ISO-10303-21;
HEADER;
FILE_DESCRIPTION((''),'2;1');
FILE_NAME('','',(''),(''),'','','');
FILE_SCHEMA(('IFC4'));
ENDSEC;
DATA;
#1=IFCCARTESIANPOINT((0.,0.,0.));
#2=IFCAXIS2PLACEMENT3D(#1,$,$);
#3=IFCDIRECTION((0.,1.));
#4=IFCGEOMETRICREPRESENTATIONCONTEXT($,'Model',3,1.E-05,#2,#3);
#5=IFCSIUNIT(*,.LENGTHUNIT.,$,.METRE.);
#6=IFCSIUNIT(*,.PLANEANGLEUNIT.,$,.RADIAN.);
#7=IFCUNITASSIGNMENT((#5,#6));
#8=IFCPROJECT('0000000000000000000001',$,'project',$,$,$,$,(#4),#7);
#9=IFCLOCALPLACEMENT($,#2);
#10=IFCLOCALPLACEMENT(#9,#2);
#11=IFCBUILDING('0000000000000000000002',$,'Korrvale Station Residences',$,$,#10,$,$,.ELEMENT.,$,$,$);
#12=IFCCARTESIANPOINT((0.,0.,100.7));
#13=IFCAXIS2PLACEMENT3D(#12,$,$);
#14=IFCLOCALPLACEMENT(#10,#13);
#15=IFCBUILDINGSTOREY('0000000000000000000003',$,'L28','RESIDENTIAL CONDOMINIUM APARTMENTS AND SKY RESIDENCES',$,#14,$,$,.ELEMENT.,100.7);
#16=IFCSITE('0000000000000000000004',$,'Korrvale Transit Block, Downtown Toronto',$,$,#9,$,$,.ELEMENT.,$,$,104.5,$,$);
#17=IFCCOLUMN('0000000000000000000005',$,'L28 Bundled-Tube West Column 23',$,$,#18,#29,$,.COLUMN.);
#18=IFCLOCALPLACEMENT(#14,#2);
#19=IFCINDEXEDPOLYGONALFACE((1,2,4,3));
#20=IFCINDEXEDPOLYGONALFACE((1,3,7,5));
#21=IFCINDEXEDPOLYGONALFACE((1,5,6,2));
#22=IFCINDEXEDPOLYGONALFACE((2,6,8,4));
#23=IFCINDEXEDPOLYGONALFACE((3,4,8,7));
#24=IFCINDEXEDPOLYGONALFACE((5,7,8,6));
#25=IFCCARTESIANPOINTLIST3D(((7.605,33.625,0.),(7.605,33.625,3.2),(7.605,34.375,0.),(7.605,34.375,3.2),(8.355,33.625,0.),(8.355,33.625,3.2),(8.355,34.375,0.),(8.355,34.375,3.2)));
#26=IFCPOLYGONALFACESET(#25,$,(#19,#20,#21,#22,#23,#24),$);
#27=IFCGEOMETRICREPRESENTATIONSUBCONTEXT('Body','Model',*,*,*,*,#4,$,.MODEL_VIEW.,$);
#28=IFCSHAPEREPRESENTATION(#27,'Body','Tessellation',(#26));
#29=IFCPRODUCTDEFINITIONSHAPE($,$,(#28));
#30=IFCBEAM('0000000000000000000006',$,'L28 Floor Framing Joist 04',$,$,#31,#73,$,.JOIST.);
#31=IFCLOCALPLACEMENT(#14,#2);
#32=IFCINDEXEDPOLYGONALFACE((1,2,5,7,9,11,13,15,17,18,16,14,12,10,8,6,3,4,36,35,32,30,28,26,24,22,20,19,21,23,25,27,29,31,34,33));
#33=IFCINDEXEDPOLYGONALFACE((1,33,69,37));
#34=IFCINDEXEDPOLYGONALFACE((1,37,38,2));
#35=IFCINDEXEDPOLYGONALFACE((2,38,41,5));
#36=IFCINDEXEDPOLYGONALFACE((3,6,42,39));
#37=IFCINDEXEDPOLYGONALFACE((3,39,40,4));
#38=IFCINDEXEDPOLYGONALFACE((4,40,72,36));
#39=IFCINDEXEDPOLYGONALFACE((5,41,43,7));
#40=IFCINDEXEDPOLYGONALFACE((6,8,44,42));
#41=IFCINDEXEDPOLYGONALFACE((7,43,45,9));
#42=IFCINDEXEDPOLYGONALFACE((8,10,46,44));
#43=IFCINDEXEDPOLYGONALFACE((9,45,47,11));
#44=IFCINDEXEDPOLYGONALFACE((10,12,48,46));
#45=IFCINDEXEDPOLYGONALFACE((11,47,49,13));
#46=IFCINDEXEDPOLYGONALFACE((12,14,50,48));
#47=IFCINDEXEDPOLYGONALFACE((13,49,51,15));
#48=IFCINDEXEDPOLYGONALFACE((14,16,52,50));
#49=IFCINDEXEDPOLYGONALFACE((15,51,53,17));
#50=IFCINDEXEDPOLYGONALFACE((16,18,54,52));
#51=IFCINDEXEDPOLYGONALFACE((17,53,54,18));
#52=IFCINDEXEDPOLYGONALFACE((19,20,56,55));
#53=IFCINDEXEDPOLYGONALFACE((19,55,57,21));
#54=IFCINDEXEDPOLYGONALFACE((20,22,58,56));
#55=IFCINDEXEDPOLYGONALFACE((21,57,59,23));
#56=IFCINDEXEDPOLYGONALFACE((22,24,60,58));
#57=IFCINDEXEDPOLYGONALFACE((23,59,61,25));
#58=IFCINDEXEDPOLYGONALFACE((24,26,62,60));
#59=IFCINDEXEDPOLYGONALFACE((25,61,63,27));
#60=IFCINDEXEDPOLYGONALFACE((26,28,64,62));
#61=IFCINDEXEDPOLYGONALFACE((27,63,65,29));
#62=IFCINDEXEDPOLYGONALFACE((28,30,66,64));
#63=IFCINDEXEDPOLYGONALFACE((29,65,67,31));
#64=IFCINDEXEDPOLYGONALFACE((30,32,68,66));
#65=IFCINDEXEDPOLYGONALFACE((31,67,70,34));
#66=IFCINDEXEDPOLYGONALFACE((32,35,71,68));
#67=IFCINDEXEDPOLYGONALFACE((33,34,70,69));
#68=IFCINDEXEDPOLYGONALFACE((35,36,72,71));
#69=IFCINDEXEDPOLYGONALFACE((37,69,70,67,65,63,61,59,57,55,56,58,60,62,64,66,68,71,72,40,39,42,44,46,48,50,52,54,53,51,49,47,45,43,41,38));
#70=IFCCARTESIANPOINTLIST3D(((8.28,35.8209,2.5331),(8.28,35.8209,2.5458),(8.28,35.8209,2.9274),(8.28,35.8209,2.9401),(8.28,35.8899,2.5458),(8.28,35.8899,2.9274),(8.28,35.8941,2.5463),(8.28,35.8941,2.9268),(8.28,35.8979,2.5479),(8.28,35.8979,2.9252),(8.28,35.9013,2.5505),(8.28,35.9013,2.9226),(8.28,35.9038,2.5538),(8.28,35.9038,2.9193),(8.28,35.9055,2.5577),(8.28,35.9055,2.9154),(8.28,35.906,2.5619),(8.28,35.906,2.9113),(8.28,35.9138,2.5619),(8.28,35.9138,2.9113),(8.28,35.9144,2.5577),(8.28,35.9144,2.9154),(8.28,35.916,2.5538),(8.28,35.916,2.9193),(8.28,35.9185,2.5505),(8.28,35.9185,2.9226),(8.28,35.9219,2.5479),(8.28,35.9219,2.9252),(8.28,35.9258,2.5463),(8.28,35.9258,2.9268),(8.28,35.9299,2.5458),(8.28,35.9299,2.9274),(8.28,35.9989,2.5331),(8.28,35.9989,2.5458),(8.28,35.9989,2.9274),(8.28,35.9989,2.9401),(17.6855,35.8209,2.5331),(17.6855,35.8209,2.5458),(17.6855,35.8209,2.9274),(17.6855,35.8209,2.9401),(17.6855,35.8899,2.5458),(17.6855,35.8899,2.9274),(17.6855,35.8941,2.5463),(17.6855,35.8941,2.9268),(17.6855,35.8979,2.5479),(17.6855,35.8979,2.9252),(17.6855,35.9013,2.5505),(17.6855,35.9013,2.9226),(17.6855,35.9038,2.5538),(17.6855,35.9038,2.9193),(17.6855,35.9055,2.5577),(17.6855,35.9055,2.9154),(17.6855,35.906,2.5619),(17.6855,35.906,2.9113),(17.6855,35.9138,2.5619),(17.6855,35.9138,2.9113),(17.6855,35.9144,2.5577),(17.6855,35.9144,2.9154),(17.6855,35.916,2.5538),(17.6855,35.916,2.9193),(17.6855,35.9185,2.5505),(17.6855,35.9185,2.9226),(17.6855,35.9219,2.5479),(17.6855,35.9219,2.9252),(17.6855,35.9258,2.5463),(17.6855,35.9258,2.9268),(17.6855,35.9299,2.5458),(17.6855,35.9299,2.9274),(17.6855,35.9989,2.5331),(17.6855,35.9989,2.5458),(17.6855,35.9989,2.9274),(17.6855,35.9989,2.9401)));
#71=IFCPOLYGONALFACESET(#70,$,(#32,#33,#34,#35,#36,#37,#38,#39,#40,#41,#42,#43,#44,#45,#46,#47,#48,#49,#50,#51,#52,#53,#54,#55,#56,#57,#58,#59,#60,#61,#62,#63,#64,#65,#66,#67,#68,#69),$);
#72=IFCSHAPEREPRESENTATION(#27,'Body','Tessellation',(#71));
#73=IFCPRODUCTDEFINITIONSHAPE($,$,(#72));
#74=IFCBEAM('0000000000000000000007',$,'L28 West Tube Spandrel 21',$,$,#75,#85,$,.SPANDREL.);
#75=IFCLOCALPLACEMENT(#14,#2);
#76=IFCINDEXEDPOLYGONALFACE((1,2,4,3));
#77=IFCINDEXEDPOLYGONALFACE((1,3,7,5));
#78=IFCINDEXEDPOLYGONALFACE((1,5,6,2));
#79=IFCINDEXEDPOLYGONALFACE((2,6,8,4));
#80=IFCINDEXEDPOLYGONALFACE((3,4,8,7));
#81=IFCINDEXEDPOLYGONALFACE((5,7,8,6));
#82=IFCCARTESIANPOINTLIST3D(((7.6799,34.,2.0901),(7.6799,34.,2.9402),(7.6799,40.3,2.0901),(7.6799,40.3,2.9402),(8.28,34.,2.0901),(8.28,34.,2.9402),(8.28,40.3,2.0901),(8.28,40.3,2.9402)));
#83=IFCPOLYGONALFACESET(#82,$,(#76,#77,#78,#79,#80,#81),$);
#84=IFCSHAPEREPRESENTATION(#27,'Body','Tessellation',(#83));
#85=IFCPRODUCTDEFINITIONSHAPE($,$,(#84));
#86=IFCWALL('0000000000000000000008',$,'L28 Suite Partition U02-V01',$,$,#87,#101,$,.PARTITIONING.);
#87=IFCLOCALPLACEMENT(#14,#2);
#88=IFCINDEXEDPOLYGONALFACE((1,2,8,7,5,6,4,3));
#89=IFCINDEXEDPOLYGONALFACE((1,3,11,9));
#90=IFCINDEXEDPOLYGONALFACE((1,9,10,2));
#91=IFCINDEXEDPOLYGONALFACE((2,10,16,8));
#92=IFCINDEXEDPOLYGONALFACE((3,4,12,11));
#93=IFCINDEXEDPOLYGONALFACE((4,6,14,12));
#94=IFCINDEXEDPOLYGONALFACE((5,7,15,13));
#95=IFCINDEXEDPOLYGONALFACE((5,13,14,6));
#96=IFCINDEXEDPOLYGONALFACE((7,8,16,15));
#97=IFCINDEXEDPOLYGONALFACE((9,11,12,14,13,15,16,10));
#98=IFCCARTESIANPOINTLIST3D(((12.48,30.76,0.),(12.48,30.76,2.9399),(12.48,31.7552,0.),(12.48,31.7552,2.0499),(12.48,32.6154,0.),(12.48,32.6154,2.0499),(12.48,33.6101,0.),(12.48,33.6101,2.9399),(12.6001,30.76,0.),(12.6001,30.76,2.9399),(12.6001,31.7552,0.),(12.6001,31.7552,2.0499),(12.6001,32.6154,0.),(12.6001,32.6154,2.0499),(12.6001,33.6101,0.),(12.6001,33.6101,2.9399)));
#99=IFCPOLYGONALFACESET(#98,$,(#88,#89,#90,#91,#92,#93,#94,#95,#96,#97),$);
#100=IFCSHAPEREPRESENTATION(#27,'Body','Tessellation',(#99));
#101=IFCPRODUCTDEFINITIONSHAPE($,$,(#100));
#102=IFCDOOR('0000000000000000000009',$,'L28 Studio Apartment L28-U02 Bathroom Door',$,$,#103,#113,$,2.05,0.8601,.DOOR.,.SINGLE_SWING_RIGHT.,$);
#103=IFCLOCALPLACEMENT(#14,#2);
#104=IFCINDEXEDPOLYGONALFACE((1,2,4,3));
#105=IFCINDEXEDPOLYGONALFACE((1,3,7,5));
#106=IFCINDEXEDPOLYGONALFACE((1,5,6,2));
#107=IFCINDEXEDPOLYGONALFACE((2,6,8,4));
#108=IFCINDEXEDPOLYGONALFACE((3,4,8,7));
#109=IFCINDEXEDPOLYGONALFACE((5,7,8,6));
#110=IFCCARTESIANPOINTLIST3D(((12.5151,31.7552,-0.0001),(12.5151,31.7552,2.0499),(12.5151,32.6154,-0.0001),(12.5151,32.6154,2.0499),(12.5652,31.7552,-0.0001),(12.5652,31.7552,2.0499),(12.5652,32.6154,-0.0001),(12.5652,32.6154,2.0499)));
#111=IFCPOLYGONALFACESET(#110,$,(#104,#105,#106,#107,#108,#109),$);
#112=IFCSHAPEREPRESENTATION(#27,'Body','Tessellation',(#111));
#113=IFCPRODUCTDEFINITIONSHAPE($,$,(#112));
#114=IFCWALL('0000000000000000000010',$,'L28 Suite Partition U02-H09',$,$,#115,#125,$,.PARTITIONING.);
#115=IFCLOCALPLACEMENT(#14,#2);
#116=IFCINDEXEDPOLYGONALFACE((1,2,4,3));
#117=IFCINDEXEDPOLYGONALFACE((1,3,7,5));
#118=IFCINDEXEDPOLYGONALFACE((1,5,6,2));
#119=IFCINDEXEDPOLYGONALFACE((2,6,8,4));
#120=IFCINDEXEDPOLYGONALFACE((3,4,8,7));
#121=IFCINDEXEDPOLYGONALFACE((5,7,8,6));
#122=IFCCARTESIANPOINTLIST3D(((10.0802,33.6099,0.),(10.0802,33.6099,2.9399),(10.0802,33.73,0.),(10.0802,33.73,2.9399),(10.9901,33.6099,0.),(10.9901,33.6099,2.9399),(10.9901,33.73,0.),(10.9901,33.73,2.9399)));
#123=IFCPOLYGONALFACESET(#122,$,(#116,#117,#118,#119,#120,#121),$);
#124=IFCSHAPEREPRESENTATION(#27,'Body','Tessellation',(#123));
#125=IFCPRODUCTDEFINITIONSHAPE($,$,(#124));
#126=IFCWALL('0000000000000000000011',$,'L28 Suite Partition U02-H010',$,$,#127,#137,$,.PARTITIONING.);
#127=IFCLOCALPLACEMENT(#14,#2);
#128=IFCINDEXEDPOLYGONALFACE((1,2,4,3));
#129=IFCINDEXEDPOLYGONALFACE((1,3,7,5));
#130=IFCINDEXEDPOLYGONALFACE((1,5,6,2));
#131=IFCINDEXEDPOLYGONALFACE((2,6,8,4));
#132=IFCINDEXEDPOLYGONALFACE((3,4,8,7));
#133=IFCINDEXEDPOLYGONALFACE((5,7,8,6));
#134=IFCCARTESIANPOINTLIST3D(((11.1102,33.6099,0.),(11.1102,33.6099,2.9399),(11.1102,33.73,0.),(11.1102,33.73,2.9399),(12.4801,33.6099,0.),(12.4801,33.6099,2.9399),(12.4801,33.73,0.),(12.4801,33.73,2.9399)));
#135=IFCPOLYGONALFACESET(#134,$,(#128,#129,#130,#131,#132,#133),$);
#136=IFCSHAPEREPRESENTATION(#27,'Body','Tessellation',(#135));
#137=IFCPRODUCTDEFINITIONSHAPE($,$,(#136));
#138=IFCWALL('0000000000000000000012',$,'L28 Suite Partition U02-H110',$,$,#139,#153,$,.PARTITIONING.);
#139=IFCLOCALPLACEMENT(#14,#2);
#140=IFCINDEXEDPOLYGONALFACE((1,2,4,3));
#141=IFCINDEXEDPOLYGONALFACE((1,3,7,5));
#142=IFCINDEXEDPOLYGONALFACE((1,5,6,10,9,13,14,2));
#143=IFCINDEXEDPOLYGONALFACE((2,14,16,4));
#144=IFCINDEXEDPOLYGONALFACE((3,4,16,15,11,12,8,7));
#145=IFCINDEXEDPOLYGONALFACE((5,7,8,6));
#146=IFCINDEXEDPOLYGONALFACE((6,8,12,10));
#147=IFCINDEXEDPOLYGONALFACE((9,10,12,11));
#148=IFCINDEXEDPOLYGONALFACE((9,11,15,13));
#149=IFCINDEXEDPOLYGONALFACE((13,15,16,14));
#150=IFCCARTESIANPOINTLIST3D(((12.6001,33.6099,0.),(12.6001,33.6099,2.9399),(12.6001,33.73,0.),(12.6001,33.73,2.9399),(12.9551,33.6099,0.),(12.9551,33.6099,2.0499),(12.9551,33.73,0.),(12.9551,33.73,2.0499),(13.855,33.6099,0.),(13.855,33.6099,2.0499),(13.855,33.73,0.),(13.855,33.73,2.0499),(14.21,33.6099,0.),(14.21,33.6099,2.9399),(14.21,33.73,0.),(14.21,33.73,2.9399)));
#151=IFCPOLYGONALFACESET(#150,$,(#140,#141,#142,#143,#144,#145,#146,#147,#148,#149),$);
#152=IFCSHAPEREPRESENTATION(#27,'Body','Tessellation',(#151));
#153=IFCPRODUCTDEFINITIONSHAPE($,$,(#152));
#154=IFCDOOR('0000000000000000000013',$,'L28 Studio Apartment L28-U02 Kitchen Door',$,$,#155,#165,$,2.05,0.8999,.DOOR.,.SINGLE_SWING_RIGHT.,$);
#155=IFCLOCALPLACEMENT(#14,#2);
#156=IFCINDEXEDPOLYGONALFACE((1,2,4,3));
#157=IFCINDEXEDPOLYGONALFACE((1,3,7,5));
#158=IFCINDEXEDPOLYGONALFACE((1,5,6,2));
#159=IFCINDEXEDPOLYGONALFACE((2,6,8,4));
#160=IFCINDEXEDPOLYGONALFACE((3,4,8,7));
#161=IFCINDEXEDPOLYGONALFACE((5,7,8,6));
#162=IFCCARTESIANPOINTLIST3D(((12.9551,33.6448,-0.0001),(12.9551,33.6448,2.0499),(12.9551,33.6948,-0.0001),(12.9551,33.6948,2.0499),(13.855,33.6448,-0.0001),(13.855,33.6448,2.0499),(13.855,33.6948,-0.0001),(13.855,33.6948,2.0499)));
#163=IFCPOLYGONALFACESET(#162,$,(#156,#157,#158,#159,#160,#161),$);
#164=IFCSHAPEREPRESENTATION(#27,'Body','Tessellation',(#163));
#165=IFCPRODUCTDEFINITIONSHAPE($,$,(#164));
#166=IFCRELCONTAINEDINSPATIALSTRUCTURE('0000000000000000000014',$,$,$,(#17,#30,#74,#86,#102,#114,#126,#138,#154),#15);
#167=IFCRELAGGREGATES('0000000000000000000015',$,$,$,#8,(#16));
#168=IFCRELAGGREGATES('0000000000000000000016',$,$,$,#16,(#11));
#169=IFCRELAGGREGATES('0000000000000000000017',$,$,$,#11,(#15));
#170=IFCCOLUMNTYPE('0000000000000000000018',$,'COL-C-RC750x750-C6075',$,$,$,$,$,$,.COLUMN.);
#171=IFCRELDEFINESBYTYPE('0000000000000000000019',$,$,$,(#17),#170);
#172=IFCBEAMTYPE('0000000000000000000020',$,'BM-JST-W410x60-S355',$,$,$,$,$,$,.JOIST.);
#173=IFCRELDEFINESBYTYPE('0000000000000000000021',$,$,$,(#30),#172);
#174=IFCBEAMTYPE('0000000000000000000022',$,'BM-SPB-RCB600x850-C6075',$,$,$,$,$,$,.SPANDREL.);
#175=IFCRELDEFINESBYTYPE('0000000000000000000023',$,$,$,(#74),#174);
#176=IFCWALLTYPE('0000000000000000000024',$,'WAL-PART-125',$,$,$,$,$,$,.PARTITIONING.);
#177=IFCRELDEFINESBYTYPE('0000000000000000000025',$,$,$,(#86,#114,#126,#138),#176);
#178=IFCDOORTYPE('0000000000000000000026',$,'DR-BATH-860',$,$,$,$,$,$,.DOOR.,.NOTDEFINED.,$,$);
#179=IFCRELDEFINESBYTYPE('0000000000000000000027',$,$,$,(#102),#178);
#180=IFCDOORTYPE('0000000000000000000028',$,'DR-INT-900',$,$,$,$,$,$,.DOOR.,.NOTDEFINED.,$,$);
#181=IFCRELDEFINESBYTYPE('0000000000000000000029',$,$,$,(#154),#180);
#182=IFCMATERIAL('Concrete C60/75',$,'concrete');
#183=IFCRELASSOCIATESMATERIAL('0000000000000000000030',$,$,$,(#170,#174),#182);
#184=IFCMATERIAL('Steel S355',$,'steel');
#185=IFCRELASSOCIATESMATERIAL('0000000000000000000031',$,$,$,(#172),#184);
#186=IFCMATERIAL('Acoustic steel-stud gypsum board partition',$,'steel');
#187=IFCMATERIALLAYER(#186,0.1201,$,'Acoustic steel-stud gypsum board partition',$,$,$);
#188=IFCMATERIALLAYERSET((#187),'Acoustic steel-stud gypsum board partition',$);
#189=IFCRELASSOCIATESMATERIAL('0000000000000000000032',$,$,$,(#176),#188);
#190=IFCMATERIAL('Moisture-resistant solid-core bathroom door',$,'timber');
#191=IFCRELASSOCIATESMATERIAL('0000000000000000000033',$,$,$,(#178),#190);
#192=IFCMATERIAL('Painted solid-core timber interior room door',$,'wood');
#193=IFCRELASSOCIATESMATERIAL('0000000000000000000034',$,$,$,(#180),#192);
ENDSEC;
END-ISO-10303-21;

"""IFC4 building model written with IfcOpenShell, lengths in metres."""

from ifc_helpers import new_model, si_unit, direction, frame, frame_2d, origin, origin_2d, place, context, subcontext, project, spatial, rectangle, i_section, extrude, material, layer, layer_set, material_profile, profile_set, type_object, element, fill, save


model = new_model("IFC4")

# Units and contexts
model_context = context("Model", 3, precision=1e-05, world=origin(), true_north=direction((0.0, 1.0)))
body_context = subcontext(model_context, "Body", "Model", "MODEL_VIEW")
ifc_project = project(units=[si_unit("LENGTHUNIT", "METRE"), si_unit("PLANEANGLEUNIT", "RADIAN")], contexts=[model_context])

# Site, building, storey
site_placement = place(None, origin())
site = spatial("IfcSite", under=ifc_project, at=site_placement, Name="Korrvale Transit Block, Downtown Toronto", CompositionType="ELEMENT", RefElevation=104.5)
building_placement = place(site_placement, origin())
building = spatial("IfcBuilding", under=site, at=building_placement, Name="Korrvale Station Residences", CompositionType="ELEMENT")
storey_placement = place(building_placement, frame((0.0, 0.0, 100.7)))
storey = spatial("IfcBuildingStorey", under=building, at=storey_placement, Name="L28", Description="RESIDENTIAL CONDOMINIUM APARTMENTS AND SKY RESIDENCES", CompositionType="ELEMENT", Elevation=100.7)

# Column
ifc_material_1 = material(Name="Concrete C60/75", Category="concrete")
ifc_material_profile_1 = material_profile(ifc_material_1, rectangle(XDim=0.75, YDim=0.75, at=origin_2d()), Name="RC750x750")
ifc_profile_set_1 = profile_set([ifc_material_profile_1], Name="Concrete C60/75")
column_type = type_object("IfcColumnType", Name="COL-C-RC750x750-C6075", PredefinedType="COLUMN", material=ifc_profile_set_1)
column_placement = place(storey_placement, frame((7.98, 34.0, 0.0), z_axis=(0.0, 0.0, 1.0), x_axis=(1.0, 0.0, 0.0)))
element("IfcColumn", 1, at=column_placement, inside=storey, type_object=column_type, Name="L28 Bundled-Tube West Column 23", PredefinedType="COLUMN", context=body_context, shape_type="SweptSolid", body=[
    extrude(rectangle(XDim=0.75, YDim=0.75, at=origin_2d()), origin(), (0.0, 0.0, 1.0), 3.2),
])

# Beams
ifc_material_2 = material(Name="Steel S355", Category="steel")
ifc_material_profile_2 = material_profile(ifc_material_2, i_section(OverallWidth=0.178, OverallDepth=0.407, WebThickness=0.0078, FlangeThickness=0.0127, FilletRadius=0.0161, at=origin_2d()), Name="W410x60")
ifc_profile_set_2 = profile_set([ifc_material_profile_2], Name="Steel S355")
beam_type_1 = type_object("IfcBeamType", Name="BM-JST-W410x60-S355", PredefinedType="JOIST", material=ifc_profile_set_2)
beam_1_placement = place(storey_placement, frame((8.28, 35.9099, 2.7366), z_axis=(1.0, 0.0, 0.0), x_axis=(0.0, 1.0, 0.0)))
element("IfcBeam", 2, at=beam_1_placement, inside=storey, type_object=beam_type_1, Name="L28 Floor Framing Joist 04", PredefinedType="JOIST", context=body_context, shape_type="SweptSolid", body=[
    extrude(i_section(OverallWidth=0.178, OverallDepth=0.407, WebThickness=0.0078, FlangeThickness=0.0127, FilletRadius=0.0161, at=origin_2d()), origin(), (0.0, 0.0, 1.0), 9.4055),
])
ifc_material_profile_3 = material_profile(ifc_material_1, rectangle(XDim=0.6001, YDim=0.8501, at=origin_2d()), Name="RCB600x850")
ifc_profile_set_3 = profile_set([ifc_material_profile_3], Name="Concrete C60/75")
beam_type_2 = type_object("IfcBeamType", Name="BM-SPB-RCB600x850-C6075", PredefinedType="SPANDREL", material=ifc_profile_set_3)
beam_2_placement = place(storey_placement, frame((7.98, 34.0, 2.5151), z_axis=(0.0, 1.0, 0.0), x_axis=(-1.0, 0.0, 0.0)))
element("IfcBeam", 3, at=beam_2_placement, inside=storey, type_object=beam_type_2, Name="L28 West Tube Spandrel 21", PredefinedType="SPANDREL", context=body_context, shape_type="SweptSolid", body=[
    extrude(rectangle(XDim=0.6001, YDim=0.8501, at=origin_2d()), origin(), (0.0, 0.0, 1.0), 6.3),
])

# Wall, opening, door
ifc_material_3 = material(Name="Acoustic steel-stud gypsum board partition", Category="steel")
ifc_layer_1 = layer(ifc_material_3, 0.1201, Name="Acoustic steel-stud gypsum board partition")
ifc_layer_set_1 = layer_set([ifc_layer_1], Name="Acoustic steel-stud gypsum board partition")
wall_type_1 = type_object("IfcWallType", Name="WAL-PART-125", PredefinedType="PARTITIONING", material=ifc_layer_set_1)
wall_1_placement = place(storey_placement, frame((12.54, 30.76, 0.0), z_axis=(0.0, 0.0, 1.0), x_axis=(0.0, 1.0, 0.0)))
wall_1 = element("IfcWall", 4, at=wall_1_placement, inside=storey, type_object=wall_type_1, Name="L28 Suite Partition U02-V01", PredefinedType="PARTITIONING", context=body_context, shape_type="SweptSolid", body=[
    extrude(rectangle(XDim=2.8501, YDim=0.1201, at=frame_2d((1.425, 0.0))), origin(), (0.0, 0.0, 1.0), 2.9399),
])
opening_1_placement = place(wall_1_placement, frame((0.9951, 0.0, 0.0)))
opening_1 = element("IfcOpeningElement", 5, at=opening_1_placement, cuts=wall_1, PredefinedType="OPENING", context=body_context, shape_type="SweptSolid", body=[
    extrude(rectangle(XDim=0.8601, YDim=2.05, at=frame_2d((0.4302, 1.0249))), frame((0.0, 0.0701, 0.0), z_axis=(0.0, -1.0, 0.0), x_axis=(1.0, 0.0, 0.0)), (0.0, 0.0, 1.0), 0.1401),
])
ifc_material_4 = material(Name="Moisture-resistant solid-core bathroom door", Category="timber")
door_type_1 = type_object("IfcDoorType", Name="DR-BATH-860", OperationType="NOTDEFINED", PredefinedType="DOOR", material=ifc_material_4)
door_1_placement = place(opening_1_placement, origin())
door_1 = element("IfcDoor", 6, at=door_1_placement, inside=storey, type_object=door_type_1, Name="L28 Studio Apartment L28-U02 Bathroom Door", OperationType="SINGLE_SWING_RIGHT", OverallHeight=2.05, OverallWidth=0.8601, PredefinedType="DOOR", context=body_context, shape_type="SweptSolid", body=[
    extrude(rectangle(XDim=0.8601, YDim=2.05, at=frame_2d((0.4302, 1.0249))), frame((0.0, 0.0249, 0.0), z_axis=(0.0, -1.0, 0.0), x_axis=(1.0, 0.0, 0.0)), (0.0, 0.0, 1.0), 0.05),
])
fill(opening_1, door_1)

# Walls
wall_2_placement = place(storey_placement, frame((10.0801, 33.6699, 0.0), z_axis=(0.0, 0.0, 1.0), x_axis=(1.0, 0.0, 0.0)))
element("IfcWall", 7, at=wall_2_placement, inside=storey, type_object=wall_type_1, Name="L28 Suite Partition U02-H09", PredefinedType="PARTITIONING", context=body_context, shape_type="SweptSolid", body=[
    extrude(rectangle(XDim=0.9099, YDim=0.1201, at=frame_2d((0.4551, 0.0))), origin(), (0.0, 0.0, 1.0), 2.9399),
])
wall_3_placement = place(storey_placement, frame((11.1101, 33.6699, 0.0), z_axis=(0.0, 0.0, 1.0), x_axis=(1.0, 0.0, 0.0)))
element("IfcWall", 8, at=wall_3_placement, inside=storey, type_object=wall_type_1, Name="L28 Suite Partition U02-H010", PredefinedType="PARTITIONING", context=body_context, shape_type="SweptSolid", body=[
    extrude(rectangle(XDim=1.3699, YDim=0.1201, at=frame_2d((0.6851, 0.0))), origin(), (0.0, 0.0, 1.0), 2.9399),
])

# Wall, opening, door
wall_4_placement = place(storey_placement, frame((12.6001, 33.6699, 0.0), z_axis=(0.0, 0.0, 1.0), x_axis=(1.0, 0.0, 0.0)))
wall_4 = element("IfcWall", 9, at=wall_4_placement, inside=storey, type_object=wall_type_1, Name="L28 Suite Partition U02-H110", PredefinedType="PARTITIONING", context=body_context, shape_type="SweptSolid", body=[
    extrude(rectangle(XDim=1.6099, YDim=0.1201, at=frame_2d((0.8049, 0.0))), origin(), (0.0, 0.0, 1.0), 2.9399),
])
opening_2_placement = place(wall_4_placement, frame((0.355, 0.0, 0.0)))
opening_2 = element("IfcOpeningElement", 10, at=opening_2_placement, cuts=wall_4, PredefinedType="OPENING", context=body_context, shape_type="SweptSolid", body=[
    extrude(rectangle(XDim=0.8999, YDim=2.05, at=frame_2d((0.45, 1.0249))), frame((0.0, 0.0701, 0.0), z_axis=(0.0, -1.0, 0.0), x_axis=(1.0, 0.0, 0.0)), (0.0, 0.0, 1.0), 0.1401),
])
ifc_material_5 = material(Name="Painted solid-core timber interior room door", Category="wood")
door_type_2 = type_object("IfcDoorType", Name="DR-INT-900", OperationType="NOTDEFINED", PredefinedType="DOOR", material=ifc_material_5)
door_2_placement = place(opening_2_placement, origin())
door_2 = element("IfcDoor", 11, at=door_2_placement, inside=storey, type_object=door_type_2, Name="L28 Studio Apartment L28-U02 Kitchen Door", OperationType="SINGLE_SWING_RIGHT", OverallHeight=2.05, OverallWidth=0.8999, PredefinedType="DOOR", context=body_context, shape_type="SweptSolid", body=[
    extrude(rectangle(XDim=0.8999, YDim=2.05, at=frame_2d((0.45, 1.0249))), frame((0.0, 0.0249, 0.0), z_axis=(0.0, -1.0, 0.0), x_axis=(1.0, 0.0, 0.0)), (0.0, 0.0, 1.0), 0.05),
])
fill(opening_2, door_2)

save(model, "model.ifc")
